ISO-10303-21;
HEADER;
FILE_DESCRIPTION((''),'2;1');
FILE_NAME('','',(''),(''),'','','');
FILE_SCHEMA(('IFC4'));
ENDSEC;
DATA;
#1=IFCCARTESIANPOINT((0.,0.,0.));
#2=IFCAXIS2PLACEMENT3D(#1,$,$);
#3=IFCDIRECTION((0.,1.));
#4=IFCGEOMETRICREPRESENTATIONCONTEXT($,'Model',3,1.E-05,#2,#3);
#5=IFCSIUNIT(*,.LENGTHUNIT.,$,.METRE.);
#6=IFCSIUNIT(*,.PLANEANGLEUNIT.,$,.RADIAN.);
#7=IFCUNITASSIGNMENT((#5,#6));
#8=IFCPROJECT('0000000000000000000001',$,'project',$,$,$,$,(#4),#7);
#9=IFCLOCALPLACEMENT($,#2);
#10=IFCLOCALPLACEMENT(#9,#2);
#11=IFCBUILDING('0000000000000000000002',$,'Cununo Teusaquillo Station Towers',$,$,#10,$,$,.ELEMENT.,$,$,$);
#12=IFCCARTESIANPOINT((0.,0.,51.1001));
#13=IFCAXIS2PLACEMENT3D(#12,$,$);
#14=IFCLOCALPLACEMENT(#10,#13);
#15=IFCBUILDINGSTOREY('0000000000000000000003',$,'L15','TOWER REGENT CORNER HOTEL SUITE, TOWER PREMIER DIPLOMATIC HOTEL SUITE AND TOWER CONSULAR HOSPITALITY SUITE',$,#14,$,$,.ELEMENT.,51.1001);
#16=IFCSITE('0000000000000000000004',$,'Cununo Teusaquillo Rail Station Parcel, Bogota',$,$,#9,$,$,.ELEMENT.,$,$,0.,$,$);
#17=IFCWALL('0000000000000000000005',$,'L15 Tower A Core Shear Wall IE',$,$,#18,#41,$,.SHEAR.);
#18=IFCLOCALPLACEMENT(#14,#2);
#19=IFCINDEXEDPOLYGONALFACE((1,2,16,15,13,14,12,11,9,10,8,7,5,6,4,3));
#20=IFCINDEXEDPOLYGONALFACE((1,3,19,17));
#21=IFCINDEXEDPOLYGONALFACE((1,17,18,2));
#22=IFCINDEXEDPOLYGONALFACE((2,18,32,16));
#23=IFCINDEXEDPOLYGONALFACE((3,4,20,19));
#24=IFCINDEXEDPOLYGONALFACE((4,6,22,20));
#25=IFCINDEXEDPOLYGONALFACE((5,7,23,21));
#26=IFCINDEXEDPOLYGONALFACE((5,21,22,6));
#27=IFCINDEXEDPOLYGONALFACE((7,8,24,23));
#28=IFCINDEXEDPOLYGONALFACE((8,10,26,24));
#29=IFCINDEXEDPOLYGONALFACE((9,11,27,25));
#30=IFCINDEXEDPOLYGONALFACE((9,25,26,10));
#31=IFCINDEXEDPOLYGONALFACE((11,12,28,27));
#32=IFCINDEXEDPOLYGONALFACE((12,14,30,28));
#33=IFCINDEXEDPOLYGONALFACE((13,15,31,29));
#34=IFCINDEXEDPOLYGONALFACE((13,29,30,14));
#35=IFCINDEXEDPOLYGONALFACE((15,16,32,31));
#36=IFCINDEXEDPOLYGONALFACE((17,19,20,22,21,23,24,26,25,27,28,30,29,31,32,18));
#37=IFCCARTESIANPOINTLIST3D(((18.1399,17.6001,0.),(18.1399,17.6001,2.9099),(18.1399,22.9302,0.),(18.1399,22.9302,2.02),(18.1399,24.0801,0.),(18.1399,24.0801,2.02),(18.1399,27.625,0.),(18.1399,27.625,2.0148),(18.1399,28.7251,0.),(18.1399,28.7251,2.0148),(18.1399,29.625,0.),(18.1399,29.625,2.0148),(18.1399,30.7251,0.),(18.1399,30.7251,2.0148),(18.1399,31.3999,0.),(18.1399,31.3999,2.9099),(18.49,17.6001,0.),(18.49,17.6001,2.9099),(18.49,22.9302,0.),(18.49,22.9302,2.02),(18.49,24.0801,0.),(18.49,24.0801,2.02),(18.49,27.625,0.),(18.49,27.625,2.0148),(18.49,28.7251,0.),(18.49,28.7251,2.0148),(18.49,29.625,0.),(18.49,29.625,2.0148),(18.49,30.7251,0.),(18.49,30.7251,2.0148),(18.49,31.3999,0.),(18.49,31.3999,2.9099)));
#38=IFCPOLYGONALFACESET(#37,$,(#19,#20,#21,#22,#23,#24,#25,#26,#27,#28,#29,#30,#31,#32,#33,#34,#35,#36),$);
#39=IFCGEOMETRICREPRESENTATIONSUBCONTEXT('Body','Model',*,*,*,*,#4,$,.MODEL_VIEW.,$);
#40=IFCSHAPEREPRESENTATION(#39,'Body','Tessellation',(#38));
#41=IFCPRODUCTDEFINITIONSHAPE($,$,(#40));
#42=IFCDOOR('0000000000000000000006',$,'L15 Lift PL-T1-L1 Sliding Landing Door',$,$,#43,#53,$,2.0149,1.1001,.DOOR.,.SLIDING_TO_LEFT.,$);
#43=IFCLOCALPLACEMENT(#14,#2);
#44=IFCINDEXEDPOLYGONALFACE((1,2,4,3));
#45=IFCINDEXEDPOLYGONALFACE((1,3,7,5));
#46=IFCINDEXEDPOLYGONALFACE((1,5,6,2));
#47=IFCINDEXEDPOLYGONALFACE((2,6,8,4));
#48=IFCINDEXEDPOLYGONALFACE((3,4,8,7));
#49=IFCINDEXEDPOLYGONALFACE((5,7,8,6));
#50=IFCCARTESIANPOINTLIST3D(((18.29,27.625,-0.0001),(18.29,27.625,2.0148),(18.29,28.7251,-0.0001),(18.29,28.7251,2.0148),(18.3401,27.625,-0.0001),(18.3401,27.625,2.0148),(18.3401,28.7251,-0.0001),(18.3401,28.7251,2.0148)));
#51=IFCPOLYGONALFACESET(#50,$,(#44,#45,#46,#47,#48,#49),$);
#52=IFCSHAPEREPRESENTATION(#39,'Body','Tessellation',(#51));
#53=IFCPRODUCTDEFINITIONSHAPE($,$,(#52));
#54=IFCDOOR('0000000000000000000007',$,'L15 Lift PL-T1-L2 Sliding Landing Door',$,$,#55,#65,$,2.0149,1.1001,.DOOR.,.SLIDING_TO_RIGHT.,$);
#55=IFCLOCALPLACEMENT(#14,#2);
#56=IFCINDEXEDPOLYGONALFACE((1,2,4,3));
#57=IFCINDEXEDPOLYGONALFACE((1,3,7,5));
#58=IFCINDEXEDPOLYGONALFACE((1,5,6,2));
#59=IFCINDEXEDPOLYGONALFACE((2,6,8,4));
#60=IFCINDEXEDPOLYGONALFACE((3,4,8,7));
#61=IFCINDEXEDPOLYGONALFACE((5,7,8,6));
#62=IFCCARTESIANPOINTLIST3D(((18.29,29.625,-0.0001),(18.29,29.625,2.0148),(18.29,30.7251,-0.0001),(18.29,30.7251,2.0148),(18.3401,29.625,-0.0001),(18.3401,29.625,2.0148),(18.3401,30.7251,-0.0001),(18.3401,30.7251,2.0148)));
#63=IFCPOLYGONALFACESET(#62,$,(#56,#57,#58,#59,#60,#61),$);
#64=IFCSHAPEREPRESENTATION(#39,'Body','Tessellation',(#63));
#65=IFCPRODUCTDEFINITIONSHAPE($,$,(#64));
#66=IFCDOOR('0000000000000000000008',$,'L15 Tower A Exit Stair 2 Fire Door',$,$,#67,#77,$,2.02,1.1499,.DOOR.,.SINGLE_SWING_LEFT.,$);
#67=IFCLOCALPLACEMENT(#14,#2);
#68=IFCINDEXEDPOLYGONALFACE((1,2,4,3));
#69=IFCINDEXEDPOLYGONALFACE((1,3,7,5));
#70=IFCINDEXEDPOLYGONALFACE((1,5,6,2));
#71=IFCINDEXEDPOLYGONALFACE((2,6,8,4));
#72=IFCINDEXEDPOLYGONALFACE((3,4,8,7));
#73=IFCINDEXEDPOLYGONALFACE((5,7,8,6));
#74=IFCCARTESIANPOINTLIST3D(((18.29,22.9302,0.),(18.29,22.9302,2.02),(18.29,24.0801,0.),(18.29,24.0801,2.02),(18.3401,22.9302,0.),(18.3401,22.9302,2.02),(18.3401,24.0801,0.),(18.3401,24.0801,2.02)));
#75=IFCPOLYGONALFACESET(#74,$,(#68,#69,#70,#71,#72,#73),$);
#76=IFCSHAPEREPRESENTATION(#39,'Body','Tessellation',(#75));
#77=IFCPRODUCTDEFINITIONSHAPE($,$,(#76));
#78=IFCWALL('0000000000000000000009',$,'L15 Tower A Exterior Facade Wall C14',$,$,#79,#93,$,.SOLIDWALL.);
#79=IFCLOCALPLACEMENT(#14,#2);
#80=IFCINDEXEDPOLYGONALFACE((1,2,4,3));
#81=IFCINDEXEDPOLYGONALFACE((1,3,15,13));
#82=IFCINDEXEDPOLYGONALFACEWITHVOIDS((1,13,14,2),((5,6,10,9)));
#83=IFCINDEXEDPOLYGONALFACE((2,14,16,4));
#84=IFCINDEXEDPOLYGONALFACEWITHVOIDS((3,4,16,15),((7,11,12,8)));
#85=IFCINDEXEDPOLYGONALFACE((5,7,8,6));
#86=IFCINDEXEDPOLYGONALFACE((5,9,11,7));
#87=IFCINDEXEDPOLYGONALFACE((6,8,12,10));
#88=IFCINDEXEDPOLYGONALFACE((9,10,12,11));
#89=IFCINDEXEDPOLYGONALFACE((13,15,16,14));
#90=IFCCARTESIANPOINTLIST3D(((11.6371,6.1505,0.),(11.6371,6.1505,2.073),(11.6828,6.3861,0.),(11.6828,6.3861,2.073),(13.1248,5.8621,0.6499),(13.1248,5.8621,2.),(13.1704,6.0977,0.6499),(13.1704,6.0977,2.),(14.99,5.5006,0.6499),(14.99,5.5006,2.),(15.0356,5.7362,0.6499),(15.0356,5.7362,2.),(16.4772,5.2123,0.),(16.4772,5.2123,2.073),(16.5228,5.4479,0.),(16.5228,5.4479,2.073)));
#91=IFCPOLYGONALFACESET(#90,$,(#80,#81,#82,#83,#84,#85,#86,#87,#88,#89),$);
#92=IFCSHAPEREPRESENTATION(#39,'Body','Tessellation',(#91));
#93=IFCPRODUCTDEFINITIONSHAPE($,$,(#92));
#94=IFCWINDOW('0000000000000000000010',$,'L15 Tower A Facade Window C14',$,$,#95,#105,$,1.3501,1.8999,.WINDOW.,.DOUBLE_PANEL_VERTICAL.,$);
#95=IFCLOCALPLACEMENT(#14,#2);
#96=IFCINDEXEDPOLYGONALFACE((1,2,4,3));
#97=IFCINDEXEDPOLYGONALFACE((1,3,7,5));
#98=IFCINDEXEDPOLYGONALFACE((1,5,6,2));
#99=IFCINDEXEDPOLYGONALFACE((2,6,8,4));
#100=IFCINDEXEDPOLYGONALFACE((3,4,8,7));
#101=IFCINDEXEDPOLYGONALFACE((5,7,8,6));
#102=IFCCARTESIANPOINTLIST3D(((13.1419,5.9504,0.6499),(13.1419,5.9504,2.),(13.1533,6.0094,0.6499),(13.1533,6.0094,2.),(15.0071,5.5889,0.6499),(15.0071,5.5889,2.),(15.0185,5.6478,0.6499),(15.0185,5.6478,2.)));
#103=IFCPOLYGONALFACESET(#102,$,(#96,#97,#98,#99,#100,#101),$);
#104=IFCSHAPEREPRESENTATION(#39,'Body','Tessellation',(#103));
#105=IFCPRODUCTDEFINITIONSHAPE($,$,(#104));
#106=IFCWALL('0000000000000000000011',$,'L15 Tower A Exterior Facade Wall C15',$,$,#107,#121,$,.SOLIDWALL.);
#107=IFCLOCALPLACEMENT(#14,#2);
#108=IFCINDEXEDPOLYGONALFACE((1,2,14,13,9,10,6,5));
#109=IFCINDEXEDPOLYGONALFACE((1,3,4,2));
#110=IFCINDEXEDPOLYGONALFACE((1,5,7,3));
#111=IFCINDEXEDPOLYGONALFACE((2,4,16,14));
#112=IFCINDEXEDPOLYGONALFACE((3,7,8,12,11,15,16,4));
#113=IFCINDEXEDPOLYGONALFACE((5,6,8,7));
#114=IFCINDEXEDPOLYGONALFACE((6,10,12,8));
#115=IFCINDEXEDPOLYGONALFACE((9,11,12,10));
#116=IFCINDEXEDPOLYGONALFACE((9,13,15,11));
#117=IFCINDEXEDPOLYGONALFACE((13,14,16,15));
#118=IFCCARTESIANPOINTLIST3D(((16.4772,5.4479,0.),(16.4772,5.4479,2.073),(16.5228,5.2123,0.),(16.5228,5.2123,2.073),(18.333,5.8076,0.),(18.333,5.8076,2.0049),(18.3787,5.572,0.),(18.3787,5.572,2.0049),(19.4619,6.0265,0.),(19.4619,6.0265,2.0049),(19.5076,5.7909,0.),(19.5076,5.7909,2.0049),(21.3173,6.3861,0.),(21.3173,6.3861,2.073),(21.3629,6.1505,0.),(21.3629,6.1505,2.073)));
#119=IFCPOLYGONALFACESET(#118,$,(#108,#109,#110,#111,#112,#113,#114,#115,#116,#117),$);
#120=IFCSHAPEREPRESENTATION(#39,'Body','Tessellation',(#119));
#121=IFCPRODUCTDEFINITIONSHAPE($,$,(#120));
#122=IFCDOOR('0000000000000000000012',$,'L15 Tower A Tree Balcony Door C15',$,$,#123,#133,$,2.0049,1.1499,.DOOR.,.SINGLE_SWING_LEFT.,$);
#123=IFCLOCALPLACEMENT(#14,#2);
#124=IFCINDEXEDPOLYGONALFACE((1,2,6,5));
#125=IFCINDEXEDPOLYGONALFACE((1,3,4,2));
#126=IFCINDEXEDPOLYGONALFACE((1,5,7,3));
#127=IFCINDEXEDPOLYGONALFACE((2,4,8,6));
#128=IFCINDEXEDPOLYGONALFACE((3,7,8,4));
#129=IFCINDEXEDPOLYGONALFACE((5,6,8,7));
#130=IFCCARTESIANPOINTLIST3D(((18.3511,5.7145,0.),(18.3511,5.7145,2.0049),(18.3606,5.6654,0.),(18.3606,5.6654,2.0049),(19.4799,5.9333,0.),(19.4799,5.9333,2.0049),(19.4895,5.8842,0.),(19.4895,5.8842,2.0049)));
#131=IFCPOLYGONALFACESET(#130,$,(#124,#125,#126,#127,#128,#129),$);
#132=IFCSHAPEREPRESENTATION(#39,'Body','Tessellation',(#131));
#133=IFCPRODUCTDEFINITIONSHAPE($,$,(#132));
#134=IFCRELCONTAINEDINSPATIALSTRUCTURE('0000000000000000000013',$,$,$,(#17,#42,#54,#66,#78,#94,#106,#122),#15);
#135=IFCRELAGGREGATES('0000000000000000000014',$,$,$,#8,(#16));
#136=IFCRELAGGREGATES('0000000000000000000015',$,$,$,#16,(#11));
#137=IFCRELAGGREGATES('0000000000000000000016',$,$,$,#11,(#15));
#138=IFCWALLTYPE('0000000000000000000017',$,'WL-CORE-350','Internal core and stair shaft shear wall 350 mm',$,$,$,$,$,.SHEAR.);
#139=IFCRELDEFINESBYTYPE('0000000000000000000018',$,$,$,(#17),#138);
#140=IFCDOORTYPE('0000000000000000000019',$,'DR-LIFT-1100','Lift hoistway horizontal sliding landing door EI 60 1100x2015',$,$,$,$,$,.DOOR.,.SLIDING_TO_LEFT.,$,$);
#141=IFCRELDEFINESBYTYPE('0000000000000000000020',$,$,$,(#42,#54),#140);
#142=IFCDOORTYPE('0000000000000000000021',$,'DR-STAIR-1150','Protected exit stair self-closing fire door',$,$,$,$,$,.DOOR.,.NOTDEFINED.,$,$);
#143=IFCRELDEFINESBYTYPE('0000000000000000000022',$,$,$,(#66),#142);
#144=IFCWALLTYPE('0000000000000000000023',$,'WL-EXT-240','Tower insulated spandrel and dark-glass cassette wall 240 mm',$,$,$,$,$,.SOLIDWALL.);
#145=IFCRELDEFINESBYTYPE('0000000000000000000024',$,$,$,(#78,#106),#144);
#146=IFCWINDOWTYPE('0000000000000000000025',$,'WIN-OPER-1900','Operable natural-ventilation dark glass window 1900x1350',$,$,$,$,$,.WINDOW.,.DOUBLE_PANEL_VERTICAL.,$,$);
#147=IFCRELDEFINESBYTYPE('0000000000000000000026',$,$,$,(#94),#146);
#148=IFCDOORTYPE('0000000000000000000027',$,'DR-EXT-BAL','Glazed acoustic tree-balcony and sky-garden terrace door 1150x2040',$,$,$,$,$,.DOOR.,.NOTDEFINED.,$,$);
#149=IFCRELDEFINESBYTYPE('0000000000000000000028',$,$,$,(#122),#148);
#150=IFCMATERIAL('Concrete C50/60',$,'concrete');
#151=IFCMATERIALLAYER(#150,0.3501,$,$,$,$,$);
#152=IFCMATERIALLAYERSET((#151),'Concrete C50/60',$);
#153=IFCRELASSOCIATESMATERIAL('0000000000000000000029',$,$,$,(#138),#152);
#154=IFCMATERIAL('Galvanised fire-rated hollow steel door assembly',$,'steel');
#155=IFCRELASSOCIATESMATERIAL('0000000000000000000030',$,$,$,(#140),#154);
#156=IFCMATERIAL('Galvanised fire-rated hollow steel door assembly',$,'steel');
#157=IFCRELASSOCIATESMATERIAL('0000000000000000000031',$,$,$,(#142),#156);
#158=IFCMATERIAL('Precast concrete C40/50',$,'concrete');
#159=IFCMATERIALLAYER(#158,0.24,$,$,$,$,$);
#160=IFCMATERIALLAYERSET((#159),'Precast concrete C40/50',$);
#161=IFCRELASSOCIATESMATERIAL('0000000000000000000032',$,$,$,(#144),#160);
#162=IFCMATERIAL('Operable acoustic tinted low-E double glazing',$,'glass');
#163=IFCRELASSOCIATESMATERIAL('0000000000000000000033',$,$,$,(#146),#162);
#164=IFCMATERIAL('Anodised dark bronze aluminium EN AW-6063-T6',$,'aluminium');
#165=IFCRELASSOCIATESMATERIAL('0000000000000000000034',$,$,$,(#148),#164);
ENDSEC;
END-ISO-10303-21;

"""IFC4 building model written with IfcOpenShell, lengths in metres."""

from ifc_helpers import new_model, si_unit, direction, frame, frame_2d, origin, place, context, subcontext, project, spatial, rectangle, extrude, source, transform, mapped, material, layer, layer_set, type_object, element, fill, save


model = new_model("IFC4")

# Units and contexts
model_context = context("Model", 3, precision=1e-05, world=origin(), true_north=direction((0.0, 1.0)))
body_context = subcontext(model_context, "Body", "Model", "MODEL_VIEW")
ifc_project = project(units=[si_unit("LENGTHUNIT", "METRE"), si_unit("PLANEANGLEUNIT", "RADIAN")], contexts=[model_context])

# Site, building, storey
site_placement = place(None, origin())
site = spatial("IfcSite", under=ifc_project, at=site_placement, Name="Cununo Teusaquillo Rail Station Parcel, Bogota", CompositionType="ELEMENT", RefElevation=0.0)
building_placement = place(site_placement, origin())
building = spatial("IfcBuilding", under=site, at=building_placement, Name="Cununo Teusaquillo Station Towers", CompositionType="ELEMENT")
storey_placement = place(building_placement, frame((0.0, 0.0, 51.1001)))
storey = spatial("IfcBuildingStorey", under=building, at=storey_placement, Name="L15", Description="TOWER REGENT CORNER HOTEL SUITE, TOWER PREMIER DIPLOMATIC HOTEL SUITE AND TOWER CONSULAR HOSPITALITY SUITE", CompositionType="ELEMENT", Elevation=51.1001)

# Wall, openings, doors
ifc_material_1 = material(Name="Concrete C50/60", Category="concrete")
ifc_layer_1 = layer(ifc_material_1, 0.3501)
ifc_layer_set_1 = layer_set([ifc_layer_1], Name="Concrete C50/60")
wall_type_1 = type_object("IfcWallType", Name="WL-CORE-350", Description="Internal core and stair shaft shear wall 350 mm", PredefinedType="SHEAR", material=ifc_layer_set_1)
shared_shape_1 = source(origin(), body_context, "Body", "SweptSolid", [
    extrude(rectangle(XDim=1.1001, YDim=2.0149, at=frame_2d((0.55, 1.0073))), frame((0.0, 0.1851, 0.0), z_axis=(0.0, -1.0, 0.0), x_axis=(1.0, 0.0, 0.0)), (0.0, 0.0, 1.0), 0.3701),
])
shared_shape_2 = source(origin(), body_context, "Body", "SweptSolid", [
    extrude(rectangle(XDim=1.1499, YDim=2.02, at=frame_2d((0.575, 1.01))), frame((0.0, 0.1851, 0.0), z_axis=(0.0, -1.0, 0.0), x_axis=(1.0, 0.0, 0.0)), (0.0, 0.0, 1.0), 0.3701),
])
ifc_material_2 = material(Name="Galvanised fire-rated hollow steel door assembly", Category="steel")
door_type_1 = type_object("IfcDoorType", Name="DR-LIFT-1100", Description="Lift hoistway horizontal sliding landing door EI 60 1100x2015", OperationType="SLIDING_TO_LEFT", PredefinedType="DOOR", material=ifc_material_2)
shared_shape_3 = source(origin(), body_context, "Body", "SweptSolid", [
    extrude(rectangle(XDim=1.1001, YDim=2.0149, at=frame_2d((0.55, 1.0073))), frame((0.0, 0.0249, 0.0), z_axis=(0.0, -1.0, 0.0), x_axis=(1.0, 0.0, 0.0)), (0.0, 0.0, 1.0), 0.05),
])
ifc_material_3 = material(Name="Galvanised fire-rated hollow steel door assembly", Category="steel")
door_type_2 = type_object("IfcDoorType", Name="DR-STAIR-1150", Description="Protected exit stair self-closing fire door", OperationType="NOTDEFINED", PredefinedType="DOOR", material=ifc_material_3)
shared_shape_4 = source(origin(), body_context, "Body", "SweptSolid", [
    extrude(rectangle(XDim=1.1499, YDim=2.02, at=frame_2d((0.575, 1.01))), frame((0.0, 0.0249, 0.0), z_axis=(0.0, -1.0, 0.0), x_axis=(1.0, 0.0, 0.0)), (0.0, 0.0, 1.0), 0.05),
])
wall_1_placement = place(storey_placement, frame((18.3149, 17.6001, 0.0), z_axis=(0.0, 0.0, 1.0), x_axis=(0.0, 1.0, 0.0)))
wall_1 = element("IfcWall", 1, at=wall_1_placement, inside=storey, type_object=wall_type_1, Name="L15 Tower A Core Shear Wall IE", PredefinedType="SHEAR", context=body_context, shape_type="SweptSolid", body=[
    extrude(rectangle(XDim=13.7998, YDim=0.3501, at=frame_2d((6.8999, 0.0))), origin(), (0.0, 0.0, 1.0), 2.9099),
])
opening_1_placement = place(wall_1_placement, frame((10.0249, 0.0, 0.0)))
opening_1 = element("IfcOpeningElement", 2, at=opening_1_placement, cuts=wall_1, PredefinedType="OPENING", context=body_context, shape_type="MappedRepresentation", body=[
    mapped(shared_shape_1, transform((0.0, 0.0, 0.0), x_axis=(1.0, 0.0, 0.0), y_axis=(0.0, 1.0, 0.0), z_axis=(0.0, 0.0, 1.0), scale=1.0)),
])
opening_2_placement = place(wall_1_placement, frame((12.0249, 0.0, 0.0)))
opening_2 = element("IfcOpeningElement", 3, at=opening_2_placement, cuts=wall_1, PredefinedType="OPENING", context=body_context, shape_type="MappedRepresentation", body=[
    mapped(shared_shape_1, transform((0.0, 0.0, 0.0), x_axis=(1.0, 0.0, 0.0), y_axis=(0.0, 1.0, 0.0), z_axis=(0.0, 0.0, 1.0), scale=1.0)),
])
opening_3_placement = place(wall_1_placement, frame((5.3301, 0.0, 0.0)))
opening_3 = element("IfcOpeningElement", 4, at=opening_3_placement, cuts=wall_1, PredefinedType="OPENING", context=body_context, shape_type="MappedRepresentation", body=[
    mapped(shared_shape_2, transform((0.0, 0.0, 0.0), x_axis=(1.0, 0.0, 0.0), y_axis=(0.0, 1.0, 0.0), z_axis=(0.0, 0.0, 1.0), scale=1.0)),
])
door_1_placement = place(opening_1_placement, origin())
door_1 = element("IfcDoor", 5, at=door_1_placement, inside=storey, type_object=door_type_1, Name="L15 Lift PL-T1-L1 Sliding Landing Door", OperationType="SLIDING_TO_LEFT", OverallHeight=2.0149, OverallWidth=1.1001, PredefinedType="DOOR", context=body_context, shape_type="MappedRepresentation", body=[
    mapped(shared_shape_3, transform((0.0, 0.0, 0.0), x_axis=(1.0, 0.0, 0.0), y_axis=(0.0, 1.0, 0.0), z_axis=(0.0, 0.0, 1.0), scale=1.0)),
])
fill(opening_1, door_1)
door_2_placement = place(opening_2_placement, origin())
door_2 = element("IfcDoor", 6, at=door_2_placement, inside=storey, type_object=door_type_1, Name="L15 Lift PL-T1-L2 Sliding Landing Door", OperationType="SLIDING_TO_RIGHT", OverallHeight=2.0149, OverallWidth=1.1001, PredefinedType="DOOR", context=body_context, shape_type="MappedRepresentation", body=[
    mapped(shared_shape_3, transform((0.0, 0.0, 0.0), x_axis=(1.0, 0.0, 0.0), y_axis=(0.0, 1.0, 0.0), z_axis=(0.0, 0.0, 1.0), scale=1.0)),
])
fill(opening_2, door_2)
door_3_placement = place(opening_3_placement, origin())
door_3 = element("IfcDoor", 7, at=door_3_placement, inside=storey, type_object=door_type_2, Name="L15 Tower A Exit Stair 2 Fire Door", OperationType="SINGLE_SWING_LEFT", OverallHeight=2.02, OverallWidth=1.1499, PredefinedType="DOOR", context=body_context, shape_type="MappedRepresentation", body=[
    mapped(shared_shape_4, transform((0.0, 0.0, 0.0), x_axis=(1.0, 0.0, 0.0), y_axis=(0.0, 1.0, 0.0), z_axis=(0.0, 0.0, 1.0), scale=1.0)),
])
fill(opening_3, door_3)

# Wall, opening, window
ifc_material_4 = material(Name="Precast concrete C40/50", Category="concrete")
ifc_layer_2 = layer(ifc_material_4, 0.24)
ifc_layer_set_2 = layer_set([ifc_layer_2], Name="Precast concrete C40/50")
wall_type_2 = type_object("IfcWallType", Name="WL-EXT-240", Description="Tower insulated spandrel and dark-glass cassette wall 240 mm", PredefinedType="SOLIDWALL", material=ifc_layer_set_2)
wall_2_placement = place(storey_placement, frame((16.5, 5.3301, 0.0), z_axis=(0.0, 0.0, 1.0), x_axis=(-0.981725, 0.190304, 0.0)))
wall_2 = element("IfcWall", 8, at=wall_2_placement, inside=storey, type_object=wall_type_2, Name="L15 Tower A Exterior Facade Wall C14", PredefinedType="SOLIDWALL", context=body_context, shape_type="SweptSolid", body=[
    extrude(rectangle(XDim=4.9302, YDim=0.24, at=frame_2d((2.4651, 0.0))), origin(), (0.0, 0.0, 1.0), 2.073),
])
shared_shape_5 = source(origin(), body_context, "Body", "SweptSolid", [
    extrude(rectangle(XDim=1.8999, YDim=1.3501, at=frame_2d((0.95, 0.675))), frame((0.0, 0.1299, 0.0), z_axis=(0.0, -1.0, 0.0), x_axis=(1.0, 0.0, 0.0)), (0.0, 0.0, 1.0), 0.26),
])
opening_4_placement = place(wall_2_placement, frame((1.5149, 0.0, 0.6499)))
opening_4 = element("IfcOpeningElement", 9, at=opening_4_placement, cuts=wall_2, PredefinedType="OPENING", context=body_context, shape_type="MappedRepresentation", body=[
    mapped(shared_shape_5, transform((0.0, 0.0, 0.0), x_axis=(1.0, 0.0, 0.0), y_axis=(0.0, 1.0, 0.0), z_axis=(0.0, 0.0, 1.0), scale=1.0)),
])
ifc_material_5 = material(Name="Operable acoustic tinted low-E double glazing", Category="glass")
window_type = type_object("IfcWindowType", Name="WIN-OPER-1900", Description="Operable natural-ventilation dark glass window 1900x1350", PartitioningType="DOUBLE_PANEL_VERTICAL", PredefinedType="WINDOW", material=ifc_material_5)
shared_shape_6 = source(origin(), body_context, "Body", "SweptSolid", [
    extrude(rectangle(XDim=1.8999, YDim=1.3501, at=frame_2d((0.95, 0.675))), frame((0.0, 0.03, 0.0), z_axis=(0.0, -1.0, 0.0), x_axis=(1.0, 0.0, 0.0)), (0.0, 0.0, 1.0), 0.0601),
])
window_placement = place(opening_4_placement, origin())
window = element("IfcWindow", 10, at=window_placement, inside=storey, type_object=window_type, Name="L15 Tower A Facade Window C14", OverallHeight=1.3501, OverallWidth=1.8999, PartitioningType="DOUBLE_PANEL_VERTICAL", PredefinedType="WINDOW", context=body_context, shape_type="MappedRepresentation", body=[
    mapped(shared_shape_6, transform((0.0, 0.0, 0.0), x_axis=(1.0, 0.0, 0.0), y_axis=(0.0, 1.0, 0.0), z_axis=(0.0, 0.0, 1.0), scale=1.0)),
])
fill(opening_4, window)

# Wall, opening, door
wall_3_placement = place(storey_placement, frame((21.3401, 6.2683, 0.0), z_axis=(0.0, 0.0, 1.0), x_axis=(-0.981725, -0.190304, 0.0)))
wall_3 = element("IfcWall", 11, at=wall_3_placement, inside=storey, type_object=wall_type_2, Name="L15 Tower A Exterior Facade Wall C15", PredefinedType="SOLIDWALL", context=body_context, shape_type="SweptSolid", body=[
    extrude(rectangle(XDim=4.9302, YDim=0.24, at=frame_2d((2.4651, 0.0))), origin(), (0.0, 0.0, 1.0), 2.073),
])
shared_shape_7 = source(origin(), body_context, "Body", "SweptSolid", [
    extrude(rectangle(XDim=1.1499, YDim=2.0049, at=frame_2d((0.575, 1.0024))), frame((0.0, 0.1299, 0.0), z_axis=(0.0, -1.0, 0.0), x_axis=(1.0, 0.0, 0.0)), (0.0, 0.0, 1.0), 0.26),
])
opening_5_placement = place(wall_3_placement, frame((1.8899, 0.0, 0.0)))
opening_5 = element("IfcOpeningElement", 12, at=opening_5_placement, cuts=wall_3, PredefinedType="OPENING", context=body_context, shape_type="MappedRepresentation", body=[
    mapped(shared_shape_7, transform((0.0, 0.0, 0.0), x_axis=(1.0, 0.0, 0.0), y_axis=(0.0, 1.0, 0.0), z_axis=(0.0, 0.0, 1.0), scale=1.0)),
])
ifc_material_6 = material(Name="Anodised dark bronze aluminium EN AW-6063-T6", Category="aluminium")
door_type_3 = type_object("IfcDoorType", Name="DR-EXT-BAL", Description="Glazed acoustic tree-balcony and sky-garden terrace door 1150x2040", OperationType="NOTDEFINED", PredefinedType="DOOR", material=ifc_material_6)
shared_shape_8 = source(origin(), body_context, "Body", "SweptSolid", [
    extrude(rectangle(XDim=1.1499, YDim=2.0049, at=frame_2d((0.575, 1.0024))), frame((0.0, 0.0249, 0.0), z_axis=(0.0, -1.0, 0.0), x_axis=(1.0, 0.0, 0.0)), (0.0, 0.0, 1.0), 0.05),
])
door_4_placement = place(opening_5_placement, origin())
door_4 = element("IfcDoor", 13, at=door_4_placement, inside=storey, type_object=door_type_3, Name="L15 Tower A Tree Balcony Door C15", OperationType="SINGLE_SWING_LEFT", OverallHeight=2.0049, OverallWidth=1.1499, PredefinedType="DOOR", context=body_context, shape_type="MappedRepresentation", body=[
    mapped(shared_shape_8, transform((0.0, 0.0, 0.0), x_axis=(1.0, 0.0, 0.0), y_axis=(0.0, 1.0, 0.0), z_axis=(0.0, 0.0, 1.0), scale=1.0)),
])
fill(opening_5, door_4)

save(model, "model.ifc")
